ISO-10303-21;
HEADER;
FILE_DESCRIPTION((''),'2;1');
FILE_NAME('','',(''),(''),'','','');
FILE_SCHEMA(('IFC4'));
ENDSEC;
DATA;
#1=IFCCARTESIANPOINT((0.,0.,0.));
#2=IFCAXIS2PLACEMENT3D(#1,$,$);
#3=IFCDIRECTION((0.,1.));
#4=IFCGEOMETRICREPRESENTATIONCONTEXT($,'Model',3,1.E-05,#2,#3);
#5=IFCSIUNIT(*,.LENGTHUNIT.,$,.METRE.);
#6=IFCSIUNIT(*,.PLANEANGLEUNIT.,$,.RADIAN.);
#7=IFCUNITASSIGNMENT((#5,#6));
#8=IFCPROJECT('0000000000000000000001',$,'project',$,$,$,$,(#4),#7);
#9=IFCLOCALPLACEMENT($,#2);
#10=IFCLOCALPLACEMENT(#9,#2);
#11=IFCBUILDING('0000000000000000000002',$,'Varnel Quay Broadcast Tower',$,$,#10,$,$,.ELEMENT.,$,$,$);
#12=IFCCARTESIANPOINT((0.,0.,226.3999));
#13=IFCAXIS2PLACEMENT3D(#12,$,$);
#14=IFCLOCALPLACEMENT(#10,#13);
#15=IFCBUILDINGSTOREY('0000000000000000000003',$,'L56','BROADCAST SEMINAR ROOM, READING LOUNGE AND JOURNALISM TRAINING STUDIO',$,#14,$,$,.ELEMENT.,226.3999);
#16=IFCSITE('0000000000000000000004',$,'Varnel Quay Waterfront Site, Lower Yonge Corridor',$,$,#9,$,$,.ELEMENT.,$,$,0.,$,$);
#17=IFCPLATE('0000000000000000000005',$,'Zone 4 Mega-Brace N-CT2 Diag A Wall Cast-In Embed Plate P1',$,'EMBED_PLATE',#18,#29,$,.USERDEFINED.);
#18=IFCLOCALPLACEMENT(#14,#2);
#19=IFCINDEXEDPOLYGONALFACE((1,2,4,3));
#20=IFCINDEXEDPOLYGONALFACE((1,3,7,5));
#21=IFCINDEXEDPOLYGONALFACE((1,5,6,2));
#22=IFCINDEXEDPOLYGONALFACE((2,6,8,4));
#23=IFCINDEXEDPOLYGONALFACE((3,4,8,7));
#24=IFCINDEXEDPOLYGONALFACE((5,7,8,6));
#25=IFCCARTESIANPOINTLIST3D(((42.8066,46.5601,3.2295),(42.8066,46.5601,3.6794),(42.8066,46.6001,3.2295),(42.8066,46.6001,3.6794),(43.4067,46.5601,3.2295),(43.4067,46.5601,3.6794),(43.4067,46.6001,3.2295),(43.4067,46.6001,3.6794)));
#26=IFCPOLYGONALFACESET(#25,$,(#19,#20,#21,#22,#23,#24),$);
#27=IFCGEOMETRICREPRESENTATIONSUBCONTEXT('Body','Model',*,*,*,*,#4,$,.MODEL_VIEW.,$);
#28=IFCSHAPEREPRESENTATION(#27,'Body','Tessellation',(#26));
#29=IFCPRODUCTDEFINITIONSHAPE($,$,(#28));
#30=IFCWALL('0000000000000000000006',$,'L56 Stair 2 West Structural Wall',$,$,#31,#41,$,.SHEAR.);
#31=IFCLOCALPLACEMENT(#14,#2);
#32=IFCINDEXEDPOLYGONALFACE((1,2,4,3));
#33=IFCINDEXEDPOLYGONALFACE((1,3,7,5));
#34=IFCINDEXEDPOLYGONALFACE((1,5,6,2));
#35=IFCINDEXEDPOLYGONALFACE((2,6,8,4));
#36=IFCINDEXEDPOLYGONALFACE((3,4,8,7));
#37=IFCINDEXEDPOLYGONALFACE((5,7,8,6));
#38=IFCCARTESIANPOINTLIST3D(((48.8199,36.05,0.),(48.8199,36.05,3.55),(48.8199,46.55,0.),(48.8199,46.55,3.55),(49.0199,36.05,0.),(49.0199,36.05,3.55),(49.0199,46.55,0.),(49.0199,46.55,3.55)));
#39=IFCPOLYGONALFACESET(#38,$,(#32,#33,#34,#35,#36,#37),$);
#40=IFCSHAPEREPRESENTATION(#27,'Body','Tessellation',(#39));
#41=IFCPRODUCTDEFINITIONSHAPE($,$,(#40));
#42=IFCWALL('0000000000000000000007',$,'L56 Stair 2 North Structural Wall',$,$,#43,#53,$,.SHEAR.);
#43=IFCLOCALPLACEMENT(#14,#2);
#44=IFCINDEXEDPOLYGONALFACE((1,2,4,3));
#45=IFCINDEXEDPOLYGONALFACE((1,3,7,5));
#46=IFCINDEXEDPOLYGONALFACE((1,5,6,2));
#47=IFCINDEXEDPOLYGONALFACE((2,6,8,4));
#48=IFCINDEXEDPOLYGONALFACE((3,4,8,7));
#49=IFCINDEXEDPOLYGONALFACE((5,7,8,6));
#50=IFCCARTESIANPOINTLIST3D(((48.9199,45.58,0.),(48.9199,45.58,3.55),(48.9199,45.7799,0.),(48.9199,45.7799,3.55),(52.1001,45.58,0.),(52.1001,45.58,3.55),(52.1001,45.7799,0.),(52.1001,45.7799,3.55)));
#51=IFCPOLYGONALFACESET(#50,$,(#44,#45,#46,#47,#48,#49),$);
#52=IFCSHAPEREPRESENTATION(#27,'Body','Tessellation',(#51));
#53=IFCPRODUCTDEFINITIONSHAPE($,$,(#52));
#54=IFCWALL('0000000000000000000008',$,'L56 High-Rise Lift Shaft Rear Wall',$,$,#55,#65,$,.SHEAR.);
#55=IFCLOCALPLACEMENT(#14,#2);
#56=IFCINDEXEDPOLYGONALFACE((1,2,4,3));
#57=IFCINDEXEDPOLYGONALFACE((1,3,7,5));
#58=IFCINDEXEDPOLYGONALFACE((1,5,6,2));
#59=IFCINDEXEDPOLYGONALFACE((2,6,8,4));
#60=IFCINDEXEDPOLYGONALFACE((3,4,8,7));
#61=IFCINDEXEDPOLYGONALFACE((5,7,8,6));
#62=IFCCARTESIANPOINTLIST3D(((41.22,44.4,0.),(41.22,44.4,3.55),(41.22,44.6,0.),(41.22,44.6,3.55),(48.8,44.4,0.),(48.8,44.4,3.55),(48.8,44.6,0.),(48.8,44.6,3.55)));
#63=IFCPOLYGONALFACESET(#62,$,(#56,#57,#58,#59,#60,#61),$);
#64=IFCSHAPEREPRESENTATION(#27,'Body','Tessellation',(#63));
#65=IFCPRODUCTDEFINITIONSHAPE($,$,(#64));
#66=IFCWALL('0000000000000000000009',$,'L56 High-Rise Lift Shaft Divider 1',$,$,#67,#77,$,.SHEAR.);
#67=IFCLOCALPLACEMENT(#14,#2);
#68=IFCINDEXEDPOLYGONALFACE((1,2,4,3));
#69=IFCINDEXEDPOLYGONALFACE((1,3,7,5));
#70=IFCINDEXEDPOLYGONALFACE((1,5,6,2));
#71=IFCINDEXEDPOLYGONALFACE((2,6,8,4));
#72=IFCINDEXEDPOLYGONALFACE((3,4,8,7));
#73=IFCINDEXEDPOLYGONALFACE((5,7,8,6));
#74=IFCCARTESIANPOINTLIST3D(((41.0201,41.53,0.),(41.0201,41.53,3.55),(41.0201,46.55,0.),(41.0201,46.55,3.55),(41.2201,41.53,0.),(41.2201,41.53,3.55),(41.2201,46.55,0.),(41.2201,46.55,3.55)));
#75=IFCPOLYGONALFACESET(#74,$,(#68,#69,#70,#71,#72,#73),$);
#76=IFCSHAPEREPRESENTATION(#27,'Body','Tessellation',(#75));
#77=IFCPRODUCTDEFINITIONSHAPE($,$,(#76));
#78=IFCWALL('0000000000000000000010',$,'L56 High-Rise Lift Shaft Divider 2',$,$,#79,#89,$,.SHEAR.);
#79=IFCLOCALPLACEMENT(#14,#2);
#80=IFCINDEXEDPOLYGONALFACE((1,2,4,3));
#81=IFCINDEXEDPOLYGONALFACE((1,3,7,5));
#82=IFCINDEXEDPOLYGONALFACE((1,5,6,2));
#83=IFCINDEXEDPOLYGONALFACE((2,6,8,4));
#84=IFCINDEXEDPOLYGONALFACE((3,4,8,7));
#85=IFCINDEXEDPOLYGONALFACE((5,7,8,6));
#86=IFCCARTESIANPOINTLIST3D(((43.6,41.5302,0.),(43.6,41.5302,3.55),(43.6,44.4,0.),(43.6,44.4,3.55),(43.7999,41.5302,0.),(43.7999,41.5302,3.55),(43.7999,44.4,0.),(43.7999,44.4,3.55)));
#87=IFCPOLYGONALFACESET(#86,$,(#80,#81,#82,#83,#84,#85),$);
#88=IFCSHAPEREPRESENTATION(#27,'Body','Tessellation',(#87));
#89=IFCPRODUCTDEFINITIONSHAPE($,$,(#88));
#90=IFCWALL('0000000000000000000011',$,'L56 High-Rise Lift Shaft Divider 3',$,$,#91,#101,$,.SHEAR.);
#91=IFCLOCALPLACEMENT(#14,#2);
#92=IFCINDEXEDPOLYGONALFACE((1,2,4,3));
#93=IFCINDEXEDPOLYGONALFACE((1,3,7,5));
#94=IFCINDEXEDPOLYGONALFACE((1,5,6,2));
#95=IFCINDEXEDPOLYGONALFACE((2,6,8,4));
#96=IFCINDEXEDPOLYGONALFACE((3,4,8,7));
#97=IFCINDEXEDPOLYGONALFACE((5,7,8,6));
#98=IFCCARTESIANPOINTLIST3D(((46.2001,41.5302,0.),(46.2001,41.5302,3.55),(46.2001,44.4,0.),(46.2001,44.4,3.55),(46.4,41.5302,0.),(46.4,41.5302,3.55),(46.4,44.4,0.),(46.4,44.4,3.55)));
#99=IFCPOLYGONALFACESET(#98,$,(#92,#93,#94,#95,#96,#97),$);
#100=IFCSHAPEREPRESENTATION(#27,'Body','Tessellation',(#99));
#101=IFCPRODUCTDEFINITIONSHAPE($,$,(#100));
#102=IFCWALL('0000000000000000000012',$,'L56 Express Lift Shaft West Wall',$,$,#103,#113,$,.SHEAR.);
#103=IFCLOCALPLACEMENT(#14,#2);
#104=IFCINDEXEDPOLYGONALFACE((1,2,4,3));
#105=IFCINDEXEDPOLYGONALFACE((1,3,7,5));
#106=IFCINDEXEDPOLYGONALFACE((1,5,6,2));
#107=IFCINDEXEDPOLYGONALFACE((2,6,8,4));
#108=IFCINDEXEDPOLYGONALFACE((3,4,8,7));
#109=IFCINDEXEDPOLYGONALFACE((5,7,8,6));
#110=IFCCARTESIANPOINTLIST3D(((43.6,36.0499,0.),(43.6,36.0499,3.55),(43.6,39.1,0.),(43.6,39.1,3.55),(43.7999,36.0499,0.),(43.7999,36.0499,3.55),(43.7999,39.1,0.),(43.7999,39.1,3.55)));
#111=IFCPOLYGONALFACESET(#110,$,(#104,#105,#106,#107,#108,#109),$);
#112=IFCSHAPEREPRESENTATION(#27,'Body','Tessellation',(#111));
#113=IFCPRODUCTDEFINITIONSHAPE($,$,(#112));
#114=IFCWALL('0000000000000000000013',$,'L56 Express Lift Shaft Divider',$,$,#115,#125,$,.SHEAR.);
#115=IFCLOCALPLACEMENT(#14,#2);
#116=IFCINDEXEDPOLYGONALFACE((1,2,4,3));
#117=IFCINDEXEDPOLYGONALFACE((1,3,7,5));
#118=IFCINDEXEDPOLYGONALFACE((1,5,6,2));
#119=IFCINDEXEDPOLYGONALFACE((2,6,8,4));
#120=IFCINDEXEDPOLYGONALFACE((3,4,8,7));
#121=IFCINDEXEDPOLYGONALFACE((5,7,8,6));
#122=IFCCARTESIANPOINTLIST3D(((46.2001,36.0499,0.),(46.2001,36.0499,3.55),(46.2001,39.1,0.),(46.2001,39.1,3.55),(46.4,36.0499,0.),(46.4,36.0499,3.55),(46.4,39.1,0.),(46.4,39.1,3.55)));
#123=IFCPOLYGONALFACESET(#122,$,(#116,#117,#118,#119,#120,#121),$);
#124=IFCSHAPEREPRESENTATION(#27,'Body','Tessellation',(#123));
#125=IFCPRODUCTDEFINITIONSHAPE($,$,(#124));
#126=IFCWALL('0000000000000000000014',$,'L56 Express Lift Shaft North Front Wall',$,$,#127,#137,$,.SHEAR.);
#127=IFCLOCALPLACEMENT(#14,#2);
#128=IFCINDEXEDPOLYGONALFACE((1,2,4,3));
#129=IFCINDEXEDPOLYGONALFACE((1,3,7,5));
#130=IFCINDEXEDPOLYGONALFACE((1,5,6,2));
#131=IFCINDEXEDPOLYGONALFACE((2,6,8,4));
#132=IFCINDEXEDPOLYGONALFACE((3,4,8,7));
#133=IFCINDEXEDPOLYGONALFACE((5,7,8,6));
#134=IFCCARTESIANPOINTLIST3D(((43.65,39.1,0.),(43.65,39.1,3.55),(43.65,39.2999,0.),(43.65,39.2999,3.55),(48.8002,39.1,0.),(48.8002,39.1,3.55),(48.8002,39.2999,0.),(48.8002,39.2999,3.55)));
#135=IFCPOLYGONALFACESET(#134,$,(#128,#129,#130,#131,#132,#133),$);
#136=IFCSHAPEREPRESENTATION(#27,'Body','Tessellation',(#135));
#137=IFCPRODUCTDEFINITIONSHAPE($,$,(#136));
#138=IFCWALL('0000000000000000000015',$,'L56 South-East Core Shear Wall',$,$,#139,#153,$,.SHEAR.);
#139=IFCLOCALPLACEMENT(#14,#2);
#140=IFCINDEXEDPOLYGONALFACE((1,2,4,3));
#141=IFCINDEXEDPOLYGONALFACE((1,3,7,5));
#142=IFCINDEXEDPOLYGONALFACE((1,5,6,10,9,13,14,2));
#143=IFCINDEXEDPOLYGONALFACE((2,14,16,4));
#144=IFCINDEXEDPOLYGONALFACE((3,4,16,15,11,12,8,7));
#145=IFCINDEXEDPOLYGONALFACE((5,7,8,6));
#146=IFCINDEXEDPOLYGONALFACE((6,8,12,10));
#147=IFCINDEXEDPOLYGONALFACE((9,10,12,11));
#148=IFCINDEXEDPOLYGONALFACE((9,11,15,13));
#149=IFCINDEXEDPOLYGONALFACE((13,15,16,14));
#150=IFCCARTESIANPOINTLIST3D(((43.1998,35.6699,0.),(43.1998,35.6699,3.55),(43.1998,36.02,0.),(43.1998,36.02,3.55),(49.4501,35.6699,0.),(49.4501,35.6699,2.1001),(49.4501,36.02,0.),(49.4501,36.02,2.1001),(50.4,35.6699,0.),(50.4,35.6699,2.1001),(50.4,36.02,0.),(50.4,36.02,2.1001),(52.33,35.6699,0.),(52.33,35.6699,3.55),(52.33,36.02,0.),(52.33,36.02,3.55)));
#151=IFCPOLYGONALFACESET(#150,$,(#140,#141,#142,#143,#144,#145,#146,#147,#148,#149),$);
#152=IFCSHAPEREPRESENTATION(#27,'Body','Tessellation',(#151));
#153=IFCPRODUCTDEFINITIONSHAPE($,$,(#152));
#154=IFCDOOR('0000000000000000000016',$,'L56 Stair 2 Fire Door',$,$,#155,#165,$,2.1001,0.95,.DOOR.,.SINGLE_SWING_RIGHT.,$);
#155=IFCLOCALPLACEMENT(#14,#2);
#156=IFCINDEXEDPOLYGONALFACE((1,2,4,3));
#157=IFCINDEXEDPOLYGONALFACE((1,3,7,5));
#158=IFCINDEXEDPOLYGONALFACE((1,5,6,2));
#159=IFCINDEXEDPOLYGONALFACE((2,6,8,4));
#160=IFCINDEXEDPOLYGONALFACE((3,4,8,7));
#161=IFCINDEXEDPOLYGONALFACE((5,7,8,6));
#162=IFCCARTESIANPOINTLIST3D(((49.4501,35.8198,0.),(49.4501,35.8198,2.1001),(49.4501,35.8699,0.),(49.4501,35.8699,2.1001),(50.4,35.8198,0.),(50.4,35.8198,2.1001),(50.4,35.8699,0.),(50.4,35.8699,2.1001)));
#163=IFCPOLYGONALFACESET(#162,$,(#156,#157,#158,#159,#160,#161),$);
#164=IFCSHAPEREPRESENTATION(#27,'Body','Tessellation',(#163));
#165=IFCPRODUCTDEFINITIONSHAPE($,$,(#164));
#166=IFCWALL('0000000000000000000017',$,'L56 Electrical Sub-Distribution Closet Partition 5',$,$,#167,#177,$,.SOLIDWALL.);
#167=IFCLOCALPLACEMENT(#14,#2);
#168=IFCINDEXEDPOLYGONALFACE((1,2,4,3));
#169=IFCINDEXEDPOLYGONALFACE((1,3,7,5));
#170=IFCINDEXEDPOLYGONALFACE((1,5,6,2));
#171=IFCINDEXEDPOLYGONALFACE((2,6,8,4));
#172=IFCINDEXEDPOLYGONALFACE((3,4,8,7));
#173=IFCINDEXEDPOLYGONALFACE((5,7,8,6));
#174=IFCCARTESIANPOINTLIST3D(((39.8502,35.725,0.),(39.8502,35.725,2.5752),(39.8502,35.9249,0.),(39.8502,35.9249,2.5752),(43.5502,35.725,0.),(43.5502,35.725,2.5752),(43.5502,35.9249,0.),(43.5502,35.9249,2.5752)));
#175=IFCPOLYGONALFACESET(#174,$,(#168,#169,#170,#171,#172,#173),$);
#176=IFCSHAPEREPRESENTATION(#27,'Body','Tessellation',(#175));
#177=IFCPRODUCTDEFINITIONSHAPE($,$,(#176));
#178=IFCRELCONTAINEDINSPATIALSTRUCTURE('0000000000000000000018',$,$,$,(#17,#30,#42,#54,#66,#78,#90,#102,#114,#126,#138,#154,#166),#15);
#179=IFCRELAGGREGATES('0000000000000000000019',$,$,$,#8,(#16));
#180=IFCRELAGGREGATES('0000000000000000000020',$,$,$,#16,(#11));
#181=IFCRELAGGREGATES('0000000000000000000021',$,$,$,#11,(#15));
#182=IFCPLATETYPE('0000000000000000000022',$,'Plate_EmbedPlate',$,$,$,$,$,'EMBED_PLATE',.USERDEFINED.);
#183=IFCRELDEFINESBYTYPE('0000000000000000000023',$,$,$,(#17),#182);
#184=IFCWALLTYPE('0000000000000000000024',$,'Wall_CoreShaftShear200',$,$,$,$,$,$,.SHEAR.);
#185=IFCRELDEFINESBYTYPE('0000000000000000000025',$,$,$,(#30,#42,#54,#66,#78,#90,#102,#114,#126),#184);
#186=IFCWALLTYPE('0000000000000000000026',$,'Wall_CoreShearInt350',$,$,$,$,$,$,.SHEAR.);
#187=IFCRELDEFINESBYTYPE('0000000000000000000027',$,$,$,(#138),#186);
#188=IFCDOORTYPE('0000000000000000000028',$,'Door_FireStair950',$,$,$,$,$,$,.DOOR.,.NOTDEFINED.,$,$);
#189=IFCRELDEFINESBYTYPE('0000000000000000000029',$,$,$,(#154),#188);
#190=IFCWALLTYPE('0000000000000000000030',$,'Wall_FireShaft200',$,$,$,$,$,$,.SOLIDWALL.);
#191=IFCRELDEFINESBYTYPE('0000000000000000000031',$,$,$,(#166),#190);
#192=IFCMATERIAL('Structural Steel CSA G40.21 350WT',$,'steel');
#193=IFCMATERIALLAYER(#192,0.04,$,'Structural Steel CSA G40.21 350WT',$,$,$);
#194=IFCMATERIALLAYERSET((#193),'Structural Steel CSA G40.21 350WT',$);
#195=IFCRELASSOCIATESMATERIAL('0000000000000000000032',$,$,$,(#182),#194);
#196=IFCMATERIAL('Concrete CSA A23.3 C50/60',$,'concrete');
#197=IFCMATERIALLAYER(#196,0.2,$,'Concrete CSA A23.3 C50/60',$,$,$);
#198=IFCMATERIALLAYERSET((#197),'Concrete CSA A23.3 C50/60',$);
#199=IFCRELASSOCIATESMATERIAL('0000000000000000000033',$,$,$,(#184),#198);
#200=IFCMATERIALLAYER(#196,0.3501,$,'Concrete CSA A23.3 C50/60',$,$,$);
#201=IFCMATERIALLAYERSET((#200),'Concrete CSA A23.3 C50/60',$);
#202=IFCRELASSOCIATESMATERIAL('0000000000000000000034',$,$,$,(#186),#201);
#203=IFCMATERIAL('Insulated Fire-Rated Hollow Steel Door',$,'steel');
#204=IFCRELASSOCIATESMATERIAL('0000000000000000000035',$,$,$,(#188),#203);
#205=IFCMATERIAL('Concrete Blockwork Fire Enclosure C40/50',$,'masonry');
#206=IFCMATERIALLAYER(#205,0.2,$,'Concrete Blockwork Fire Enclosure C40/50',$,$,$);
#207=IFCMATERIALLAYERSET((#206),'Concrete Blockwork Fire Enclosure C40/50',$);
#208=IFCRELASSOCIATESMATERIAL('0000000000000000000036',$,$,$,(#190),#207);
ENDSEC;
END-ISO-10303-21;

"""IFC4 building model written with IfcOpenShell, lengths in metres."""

from ifc_helpers import new_model, si_unit, direction, frame, frame_2d, origin, origin_2d, place, context, subcontext, project, spatial, rectangle, extrude, source, transform, mapped, material, layer, layer_set, type_object, type_shapes, element, fill, save


model = new_model("IFC4")

# Units and contexts
model_context = context("Model", 3, precision=1e-05, world=origin(), true_north=direction((0.0, 1.0)))
body_context = subcontext(model_context, "Body", "Model", "MODEL_VIEW")
ifc_project = project(units=[si_unit("LENGTHUNIT", "METRE"), si_unit("PLANEANGLEUNIT", "RADIAN")], contexts=[model_context])

# Site, building, storey
site_placement = place(None, origin())
site = spatial("IfcSite", under=ifc_project, at=site_placement, Name="Varnel Quay Waterfront Site, Lower Yonge Corridor", CompositionType="ELEMENT", RefElevation=0.0)
building_placement = place(site_placement, origin())
building = spatial("IfcBuilding", under=site, at=building_placement, Name="Varnel Quay Broadcast Tower", CompositionType="ELEMENT")
storey_placement = place(building_placement, frame((0.0, 0.0, 226.3999)))
storey = spatial("IfcBuildingStorey", under=building, at=storey_placement, Name="L56", Description="BROADCAST SEMINAR ROOM, READING LOUNGE AND JOURNALISM TRAINING STUDIO", CompositionType="ELEMENT", Elevation=226.3999)

# Shared definitions
ifc_material_1 = material(Name="Structural Steel CSA G40.21 350WT", Category="steel")

# Shared definitions
ifc_material_2 = material(Name="Concrete CSA A23.3 C50/60", Category="concrete")

# Plate
ifc_layer_1 = layer(ifc_material_1, 0.04, Name="Structural Steel CSA G40.21 350WT")
ifc_layer_set_1 = layer_set([ifc_layer_1], Name="Structural Steel CSA G40.21 350WT")
plate_type = type_object("IfcPlateType", Name="Plate_EmbedPlate", ElementType="EMBED_PLATE", PredefinedType="USERDEFINED", material=ifc_layer_set_1)
shared_shape_1 = source(origin(), body_context, "Body", "SweptSolid", [
    extrude(rectangle(XDim=0.6001, YDim=0.04, at=origin_2d()), origin(), (0.0, 0.0, 1.0), 0.45),
])
type_shapes(plate_type, [shared_shape_1])
plate_placement = place(storey_placement, frame((43.1067, 46.5801, 3.2295), z_axis=(0.0, 0.0, 1.0), x_axis=(1.0, 0.0, 0.0)))
element("IfcPlate", 1, at=plate_placement, inside=storey, type_object=plate_type, Name="Zone 4 Mega-Brace N-CT2 Diag A Wall Cast-In Embed Plate P1", ObjectType="EMBED_PLATE", PredefinedType="USERDEFINED", context=body_context, shape_type="MappedRepresentation", body=[
    mapped(shared_shape_1, transform((0.0, 0.0, 0.0), x_axis=(1.0, 0.0, 0.0), y_axis=(0.0, 1.0, 0.0), z_axis=(0.0, 0.0, 1.0), scale=1.0)),
])

# Walls
ifc_layer_2 = layer(ifc_material_2, 0.2, Name="Concrete CSA A23.3 C50/60")
ifc_layer_set_2 = layer_set([ifc_layer_2], Name="Concrete CSA A23.3 C50/60")
wall_type_1 = type_object("IfcWallType", Name="Wall_CoreShaftShear200", PredefinedType="SHEAR", material=ifc_layer_set_2)
wall_1_placement = place(storey_placement, frame((48.9199, 36.05, 0.0), z_axis=(0.0, 0.0, 1.0), x_axis=(0.0, 1.0, 0.0)))
element("IfcWall", 2, at=wall_1_placement, inside=storey, type_object=wall_type_1, Name="L56 Stair 2 West Structural Wall", PredefinedType="SHEAR", context=body_context, shape_type="SweptSolid", body=[
    extrude(rectangle(XDim=10.5, YDim=0.2, at=frame_2d((5.25, 0.0))), origin(), (0.0, 0.0, 1.0), 3.55),
])
wall_2_placement = place(storey_placement, frame((48.9199, 45.6799, 0.0), z_axis=(0.0, 0.0, 1.0), x_axis=(1.0, 0.0, 0.0)))
element("IfcWall", 3, at=wall_2_placement, inside=storey, type_object=wall_type_1, Name="L56 Stair 2 North Structural Wall", PredefinedType="SHEAR", context=body_context, shape_type="SweptSolid", body=[
    extrude(rectangle(XDim=3.1802, YDim=0.2, at=frame_2d((1.5901, 0.0))), origin(), (0.0, 0.0, 1.0), 3.55),
])
wall_3_placement = place(storey_placement, frame((41.22, 44.5, 0.0), z_axis=(0.0, 0.0, 1.0), x_axis=(1.0, 0.0, 0.0)))
element("IfcWall", 4, at=wall_3_placement, inside=storey, type_object=wall_type_1, Name="L56 High-Rise Lift Shaft Rear Wall", PredefinedType="SHEAR", context=body_context, shape_type="SweptSolid", body=[
    extrude(rectangle(XDim=7.5801, YDim=0.2, at=frame_2d((3.79, 0.0))), origin(), (0.0, 0.0, 1.0), 3.55),
])
wall_4_placement = place(storey_placement, frame((41.1201, 41.53, 0.0), z_axis=(0.0, 0.0, 1.0), x_axis=(0.0, 1.0, 0.0)))
element("IfcWall", 5, at=wall_4_placement, inside=storey, type_object=wall_type_1, Name="L56 High-Rise Lift Shaft Divider 1", PredefinedType="SHEAR", context=body_context, shape_type="SweptSolid", body=[
    extrude(rectangle(XDim=5.02, YDim=0.2, at=frame_2d((2.51, 0.0))), origin(), (0.0, 0.0, 1.0), 3.55),
])
for number, where, z_axis, x_axis, name in (
    (6, (43.7, 41.53, 0.0), (0.0, 0.0, 1.0), (0.0, 1.0, 0.0), "L56 High-Rise Lift Shaft Divider 2"),
    (7, (46.3, 41.53, 0.0), (0.0, 0.0, 1.0), (0.0, 1.0, 0.0), "L56 High-Rise Lift Shaft Divider 3"),
):
    element("IfcWall", number, at=place(storey_placement, frame(where, z_axis=z_axis, x_axis=x_axis)), inside=storey, type_object=wall_type_1, Name=name, PredefinedType="SHEAR", context=body_context, shape_type="SweptSolid", body=[
        extrude(rectangle(XDim=2.8699, YDim=0.2, at=frame_2d((1.4351, 0.0))), origin(), (0.0, 0.0, 1.0), 3.55),
    ])
for number, where, z_axis, x_axis, name in (
    (8, (43.7, 36.05, 0.0), (0.0, 0.0, 1.0), (0.0, 1.0, 0.0), "L56 Express Lift Shaft West Wall"),
    (9, (46.3, 36.05, 0.0), (0.0, 0.0, 1.0), (0.0, 1.0, 0.0), "L56 Express Lift Shaft Divider"),
):
    element("IfcWall", number, at=place(storey_placement, frame(where, z_axis=z_axis, x_axis=x_axis)), inside=storey, type_object=wall_type_1, Name=name, PredefinedType="SHEAR", context=body_context, shape_type="SweptSolid", body=[
        extrude(rectangle(XDim=3.05, YDim=0.2, at=frame_2d((1.5249, 0.0))), origin(), (0.0, 0.0, 1.0), 3.55),
    ])
wall_5_placement = place(storey_placement, frame((43.6499, 39.2, 0.0), z_axis=(0.0, 0.0, 1.0), x_axis=(1.0, 0.0, 0.0)))
element("IfcWall", 10, at=wall_5_placement, inside=storey, type_object=wall_type_1, Name="L56 Express Lift Shaft North Front Wall", PredefinedType="SHEAR", context=body_context, shape_type="SweptSolid", body=[
    extrude(rectangle(XDim=5.1501, YDim=0.2, at=frame_2d((2.5752, 0.0))), origin(), (0.0, 0.0, 1.0), 3.55),
])

# Wall, opening, door
ifc_layer_3 = layer(ifc_material_2, 0.3501, Name="Concrete CSA A23.3 C50/60")
ifc_layer_set_3 = layer_set([ifc_layer_3], Name="Concrete CSA A23.3 C50/60")
wall_type_2 = type_object("IfcWallType", Name="Wall_CoreShearInt350", PredefinedType="SHEAR", material=ifc_layer_set_3)
wall_6_placement = place(storey_placement, frame((43.2, 35.845, 0.0), z_axis=(0.0, 0.0, 1.0), x_axis=(1.0, 0.0, 0.0)))
wall_6 = element("IfcWall", 11, at=wall_6_placement, inside=storey, type_object=wall_type_2, Name="L56 South-East Core Shear Wall", PredefinedType="SHEAR", context=body_context, shape_type="SweptSolid", body=[
    extrude(rectangle(XDim=9.1301, YDim=0.3501, at=frame_2d((4.5649, 0.0))), origin(), (0.0, 0.0, 1.0), 3.55),
])
opening_1_placement = place(wall_6_placement, frame((6.25, 0.0, 0.0)))
opening_1 = element("IfcOpeningElement", 12, at=opening_1_placement, cuts=wall_6, PredefinedType="OPENING", context=body_context, shape_type="SweptSolid", body=[
    extrude(rectangle(XDim=0.95, YDim=2.1001, at=frame_2d((0.4751, 1.05))), frame((0.0, 0.1851, 0.0), z_axis=(0.0, -1.0, 0.0), x_axis=(1.0, 0.0, 0.0)), (0.0, 0.0, 1.0), 0.3701),
])
ifc_material_3 = material(Name="Insulated Fire-Rated Hollow Steel Door", Category="steel")
door_type_1 = type_object("IfcDoorType", Name="Door_FireStair950", OperationType="NOTDEFINED", PredefinedType="DOOR", material=ifc_material_3)
shared_shape_2 = source(origin(), body_context, "Body", "SweptSolid", [
    extrude(rectangle(XDim=0.95, YDim=2.1001, at=frame_2d((0.4751, 1.05))), frame((0.0, 0.0249, 0.0), z_axis=(0.0, -1.0, 0.0), x_axis=(1.0, 0.0, 0.0)), (0.0, 0.0, 1.0), 0.05),
])
type_shapes(door_type_1, [shared_shape_2])
door_1_placement = place(opening_1_placement, origin())
door_1 = element("IfcDoor", 13, at=door_1_placement, inside=storey, type_object=door_type_1, Name="L56 Stair 2 Fire Door", OperationType="SINGLE_SWING_RIGHT", OverallHeight=2.1001, OverallWidth=0.95, PredefinedType="DOOR", context=body_context, shape_type="MappedRepresentation", body=[
    mapped(shared_shape_2, transform((0.0, 0.0, 0.0), x_axis=(1.0, 0.0, 0.0), y_axis=(0.0, 1.0, 0.0), z_axis=(0.0, 0.0, 1.0), scale=1.0)),
])
fill(opening_1, door_1)

# Wall
ifc_material_4 = material(Name="Concrete Blockwork Fire Enclosure C40/50", Category="masonry")
ifc_layer_4 = layer(ifc_material_4, 0.2, Name="Concrete Blockwork Fire Enclosure C40/50")
ifc_layer_set_4 = layer_set([ifc_layer_4], Name="Concrete Blockwork Fire Enclosure C40/50")
wall_type_3 = type_object("IfcWallType", Name="Wall_FireShaft200", PredefinedType="SOLIDWALL", material=ifc_layer_set_4)
wall_7_placement = place(storey_placement, frame((39.8501, 35.825, 0.0), z_axis=(0.0, 0.0, 1.0), x_axis=(1.0, 0.0, 0.0)))
element("IfcWall", 14, at=wall_7_placement, inside=storey, type_object=wall_type_3, Name="L56 Electrical Sub-Distribution Closet Partition 5", PredefinedType="SOLIDWALL", context=body_context, shape_type="SweptSolid", body=[
    extrude(rectangle(XDim=3.7, YDim=0.2, at=frame_2d((1.8501, 0.0))), origin(), (0.0, 0.0, 1.0), 2.5752),
])

save(model, "model.ifc")
